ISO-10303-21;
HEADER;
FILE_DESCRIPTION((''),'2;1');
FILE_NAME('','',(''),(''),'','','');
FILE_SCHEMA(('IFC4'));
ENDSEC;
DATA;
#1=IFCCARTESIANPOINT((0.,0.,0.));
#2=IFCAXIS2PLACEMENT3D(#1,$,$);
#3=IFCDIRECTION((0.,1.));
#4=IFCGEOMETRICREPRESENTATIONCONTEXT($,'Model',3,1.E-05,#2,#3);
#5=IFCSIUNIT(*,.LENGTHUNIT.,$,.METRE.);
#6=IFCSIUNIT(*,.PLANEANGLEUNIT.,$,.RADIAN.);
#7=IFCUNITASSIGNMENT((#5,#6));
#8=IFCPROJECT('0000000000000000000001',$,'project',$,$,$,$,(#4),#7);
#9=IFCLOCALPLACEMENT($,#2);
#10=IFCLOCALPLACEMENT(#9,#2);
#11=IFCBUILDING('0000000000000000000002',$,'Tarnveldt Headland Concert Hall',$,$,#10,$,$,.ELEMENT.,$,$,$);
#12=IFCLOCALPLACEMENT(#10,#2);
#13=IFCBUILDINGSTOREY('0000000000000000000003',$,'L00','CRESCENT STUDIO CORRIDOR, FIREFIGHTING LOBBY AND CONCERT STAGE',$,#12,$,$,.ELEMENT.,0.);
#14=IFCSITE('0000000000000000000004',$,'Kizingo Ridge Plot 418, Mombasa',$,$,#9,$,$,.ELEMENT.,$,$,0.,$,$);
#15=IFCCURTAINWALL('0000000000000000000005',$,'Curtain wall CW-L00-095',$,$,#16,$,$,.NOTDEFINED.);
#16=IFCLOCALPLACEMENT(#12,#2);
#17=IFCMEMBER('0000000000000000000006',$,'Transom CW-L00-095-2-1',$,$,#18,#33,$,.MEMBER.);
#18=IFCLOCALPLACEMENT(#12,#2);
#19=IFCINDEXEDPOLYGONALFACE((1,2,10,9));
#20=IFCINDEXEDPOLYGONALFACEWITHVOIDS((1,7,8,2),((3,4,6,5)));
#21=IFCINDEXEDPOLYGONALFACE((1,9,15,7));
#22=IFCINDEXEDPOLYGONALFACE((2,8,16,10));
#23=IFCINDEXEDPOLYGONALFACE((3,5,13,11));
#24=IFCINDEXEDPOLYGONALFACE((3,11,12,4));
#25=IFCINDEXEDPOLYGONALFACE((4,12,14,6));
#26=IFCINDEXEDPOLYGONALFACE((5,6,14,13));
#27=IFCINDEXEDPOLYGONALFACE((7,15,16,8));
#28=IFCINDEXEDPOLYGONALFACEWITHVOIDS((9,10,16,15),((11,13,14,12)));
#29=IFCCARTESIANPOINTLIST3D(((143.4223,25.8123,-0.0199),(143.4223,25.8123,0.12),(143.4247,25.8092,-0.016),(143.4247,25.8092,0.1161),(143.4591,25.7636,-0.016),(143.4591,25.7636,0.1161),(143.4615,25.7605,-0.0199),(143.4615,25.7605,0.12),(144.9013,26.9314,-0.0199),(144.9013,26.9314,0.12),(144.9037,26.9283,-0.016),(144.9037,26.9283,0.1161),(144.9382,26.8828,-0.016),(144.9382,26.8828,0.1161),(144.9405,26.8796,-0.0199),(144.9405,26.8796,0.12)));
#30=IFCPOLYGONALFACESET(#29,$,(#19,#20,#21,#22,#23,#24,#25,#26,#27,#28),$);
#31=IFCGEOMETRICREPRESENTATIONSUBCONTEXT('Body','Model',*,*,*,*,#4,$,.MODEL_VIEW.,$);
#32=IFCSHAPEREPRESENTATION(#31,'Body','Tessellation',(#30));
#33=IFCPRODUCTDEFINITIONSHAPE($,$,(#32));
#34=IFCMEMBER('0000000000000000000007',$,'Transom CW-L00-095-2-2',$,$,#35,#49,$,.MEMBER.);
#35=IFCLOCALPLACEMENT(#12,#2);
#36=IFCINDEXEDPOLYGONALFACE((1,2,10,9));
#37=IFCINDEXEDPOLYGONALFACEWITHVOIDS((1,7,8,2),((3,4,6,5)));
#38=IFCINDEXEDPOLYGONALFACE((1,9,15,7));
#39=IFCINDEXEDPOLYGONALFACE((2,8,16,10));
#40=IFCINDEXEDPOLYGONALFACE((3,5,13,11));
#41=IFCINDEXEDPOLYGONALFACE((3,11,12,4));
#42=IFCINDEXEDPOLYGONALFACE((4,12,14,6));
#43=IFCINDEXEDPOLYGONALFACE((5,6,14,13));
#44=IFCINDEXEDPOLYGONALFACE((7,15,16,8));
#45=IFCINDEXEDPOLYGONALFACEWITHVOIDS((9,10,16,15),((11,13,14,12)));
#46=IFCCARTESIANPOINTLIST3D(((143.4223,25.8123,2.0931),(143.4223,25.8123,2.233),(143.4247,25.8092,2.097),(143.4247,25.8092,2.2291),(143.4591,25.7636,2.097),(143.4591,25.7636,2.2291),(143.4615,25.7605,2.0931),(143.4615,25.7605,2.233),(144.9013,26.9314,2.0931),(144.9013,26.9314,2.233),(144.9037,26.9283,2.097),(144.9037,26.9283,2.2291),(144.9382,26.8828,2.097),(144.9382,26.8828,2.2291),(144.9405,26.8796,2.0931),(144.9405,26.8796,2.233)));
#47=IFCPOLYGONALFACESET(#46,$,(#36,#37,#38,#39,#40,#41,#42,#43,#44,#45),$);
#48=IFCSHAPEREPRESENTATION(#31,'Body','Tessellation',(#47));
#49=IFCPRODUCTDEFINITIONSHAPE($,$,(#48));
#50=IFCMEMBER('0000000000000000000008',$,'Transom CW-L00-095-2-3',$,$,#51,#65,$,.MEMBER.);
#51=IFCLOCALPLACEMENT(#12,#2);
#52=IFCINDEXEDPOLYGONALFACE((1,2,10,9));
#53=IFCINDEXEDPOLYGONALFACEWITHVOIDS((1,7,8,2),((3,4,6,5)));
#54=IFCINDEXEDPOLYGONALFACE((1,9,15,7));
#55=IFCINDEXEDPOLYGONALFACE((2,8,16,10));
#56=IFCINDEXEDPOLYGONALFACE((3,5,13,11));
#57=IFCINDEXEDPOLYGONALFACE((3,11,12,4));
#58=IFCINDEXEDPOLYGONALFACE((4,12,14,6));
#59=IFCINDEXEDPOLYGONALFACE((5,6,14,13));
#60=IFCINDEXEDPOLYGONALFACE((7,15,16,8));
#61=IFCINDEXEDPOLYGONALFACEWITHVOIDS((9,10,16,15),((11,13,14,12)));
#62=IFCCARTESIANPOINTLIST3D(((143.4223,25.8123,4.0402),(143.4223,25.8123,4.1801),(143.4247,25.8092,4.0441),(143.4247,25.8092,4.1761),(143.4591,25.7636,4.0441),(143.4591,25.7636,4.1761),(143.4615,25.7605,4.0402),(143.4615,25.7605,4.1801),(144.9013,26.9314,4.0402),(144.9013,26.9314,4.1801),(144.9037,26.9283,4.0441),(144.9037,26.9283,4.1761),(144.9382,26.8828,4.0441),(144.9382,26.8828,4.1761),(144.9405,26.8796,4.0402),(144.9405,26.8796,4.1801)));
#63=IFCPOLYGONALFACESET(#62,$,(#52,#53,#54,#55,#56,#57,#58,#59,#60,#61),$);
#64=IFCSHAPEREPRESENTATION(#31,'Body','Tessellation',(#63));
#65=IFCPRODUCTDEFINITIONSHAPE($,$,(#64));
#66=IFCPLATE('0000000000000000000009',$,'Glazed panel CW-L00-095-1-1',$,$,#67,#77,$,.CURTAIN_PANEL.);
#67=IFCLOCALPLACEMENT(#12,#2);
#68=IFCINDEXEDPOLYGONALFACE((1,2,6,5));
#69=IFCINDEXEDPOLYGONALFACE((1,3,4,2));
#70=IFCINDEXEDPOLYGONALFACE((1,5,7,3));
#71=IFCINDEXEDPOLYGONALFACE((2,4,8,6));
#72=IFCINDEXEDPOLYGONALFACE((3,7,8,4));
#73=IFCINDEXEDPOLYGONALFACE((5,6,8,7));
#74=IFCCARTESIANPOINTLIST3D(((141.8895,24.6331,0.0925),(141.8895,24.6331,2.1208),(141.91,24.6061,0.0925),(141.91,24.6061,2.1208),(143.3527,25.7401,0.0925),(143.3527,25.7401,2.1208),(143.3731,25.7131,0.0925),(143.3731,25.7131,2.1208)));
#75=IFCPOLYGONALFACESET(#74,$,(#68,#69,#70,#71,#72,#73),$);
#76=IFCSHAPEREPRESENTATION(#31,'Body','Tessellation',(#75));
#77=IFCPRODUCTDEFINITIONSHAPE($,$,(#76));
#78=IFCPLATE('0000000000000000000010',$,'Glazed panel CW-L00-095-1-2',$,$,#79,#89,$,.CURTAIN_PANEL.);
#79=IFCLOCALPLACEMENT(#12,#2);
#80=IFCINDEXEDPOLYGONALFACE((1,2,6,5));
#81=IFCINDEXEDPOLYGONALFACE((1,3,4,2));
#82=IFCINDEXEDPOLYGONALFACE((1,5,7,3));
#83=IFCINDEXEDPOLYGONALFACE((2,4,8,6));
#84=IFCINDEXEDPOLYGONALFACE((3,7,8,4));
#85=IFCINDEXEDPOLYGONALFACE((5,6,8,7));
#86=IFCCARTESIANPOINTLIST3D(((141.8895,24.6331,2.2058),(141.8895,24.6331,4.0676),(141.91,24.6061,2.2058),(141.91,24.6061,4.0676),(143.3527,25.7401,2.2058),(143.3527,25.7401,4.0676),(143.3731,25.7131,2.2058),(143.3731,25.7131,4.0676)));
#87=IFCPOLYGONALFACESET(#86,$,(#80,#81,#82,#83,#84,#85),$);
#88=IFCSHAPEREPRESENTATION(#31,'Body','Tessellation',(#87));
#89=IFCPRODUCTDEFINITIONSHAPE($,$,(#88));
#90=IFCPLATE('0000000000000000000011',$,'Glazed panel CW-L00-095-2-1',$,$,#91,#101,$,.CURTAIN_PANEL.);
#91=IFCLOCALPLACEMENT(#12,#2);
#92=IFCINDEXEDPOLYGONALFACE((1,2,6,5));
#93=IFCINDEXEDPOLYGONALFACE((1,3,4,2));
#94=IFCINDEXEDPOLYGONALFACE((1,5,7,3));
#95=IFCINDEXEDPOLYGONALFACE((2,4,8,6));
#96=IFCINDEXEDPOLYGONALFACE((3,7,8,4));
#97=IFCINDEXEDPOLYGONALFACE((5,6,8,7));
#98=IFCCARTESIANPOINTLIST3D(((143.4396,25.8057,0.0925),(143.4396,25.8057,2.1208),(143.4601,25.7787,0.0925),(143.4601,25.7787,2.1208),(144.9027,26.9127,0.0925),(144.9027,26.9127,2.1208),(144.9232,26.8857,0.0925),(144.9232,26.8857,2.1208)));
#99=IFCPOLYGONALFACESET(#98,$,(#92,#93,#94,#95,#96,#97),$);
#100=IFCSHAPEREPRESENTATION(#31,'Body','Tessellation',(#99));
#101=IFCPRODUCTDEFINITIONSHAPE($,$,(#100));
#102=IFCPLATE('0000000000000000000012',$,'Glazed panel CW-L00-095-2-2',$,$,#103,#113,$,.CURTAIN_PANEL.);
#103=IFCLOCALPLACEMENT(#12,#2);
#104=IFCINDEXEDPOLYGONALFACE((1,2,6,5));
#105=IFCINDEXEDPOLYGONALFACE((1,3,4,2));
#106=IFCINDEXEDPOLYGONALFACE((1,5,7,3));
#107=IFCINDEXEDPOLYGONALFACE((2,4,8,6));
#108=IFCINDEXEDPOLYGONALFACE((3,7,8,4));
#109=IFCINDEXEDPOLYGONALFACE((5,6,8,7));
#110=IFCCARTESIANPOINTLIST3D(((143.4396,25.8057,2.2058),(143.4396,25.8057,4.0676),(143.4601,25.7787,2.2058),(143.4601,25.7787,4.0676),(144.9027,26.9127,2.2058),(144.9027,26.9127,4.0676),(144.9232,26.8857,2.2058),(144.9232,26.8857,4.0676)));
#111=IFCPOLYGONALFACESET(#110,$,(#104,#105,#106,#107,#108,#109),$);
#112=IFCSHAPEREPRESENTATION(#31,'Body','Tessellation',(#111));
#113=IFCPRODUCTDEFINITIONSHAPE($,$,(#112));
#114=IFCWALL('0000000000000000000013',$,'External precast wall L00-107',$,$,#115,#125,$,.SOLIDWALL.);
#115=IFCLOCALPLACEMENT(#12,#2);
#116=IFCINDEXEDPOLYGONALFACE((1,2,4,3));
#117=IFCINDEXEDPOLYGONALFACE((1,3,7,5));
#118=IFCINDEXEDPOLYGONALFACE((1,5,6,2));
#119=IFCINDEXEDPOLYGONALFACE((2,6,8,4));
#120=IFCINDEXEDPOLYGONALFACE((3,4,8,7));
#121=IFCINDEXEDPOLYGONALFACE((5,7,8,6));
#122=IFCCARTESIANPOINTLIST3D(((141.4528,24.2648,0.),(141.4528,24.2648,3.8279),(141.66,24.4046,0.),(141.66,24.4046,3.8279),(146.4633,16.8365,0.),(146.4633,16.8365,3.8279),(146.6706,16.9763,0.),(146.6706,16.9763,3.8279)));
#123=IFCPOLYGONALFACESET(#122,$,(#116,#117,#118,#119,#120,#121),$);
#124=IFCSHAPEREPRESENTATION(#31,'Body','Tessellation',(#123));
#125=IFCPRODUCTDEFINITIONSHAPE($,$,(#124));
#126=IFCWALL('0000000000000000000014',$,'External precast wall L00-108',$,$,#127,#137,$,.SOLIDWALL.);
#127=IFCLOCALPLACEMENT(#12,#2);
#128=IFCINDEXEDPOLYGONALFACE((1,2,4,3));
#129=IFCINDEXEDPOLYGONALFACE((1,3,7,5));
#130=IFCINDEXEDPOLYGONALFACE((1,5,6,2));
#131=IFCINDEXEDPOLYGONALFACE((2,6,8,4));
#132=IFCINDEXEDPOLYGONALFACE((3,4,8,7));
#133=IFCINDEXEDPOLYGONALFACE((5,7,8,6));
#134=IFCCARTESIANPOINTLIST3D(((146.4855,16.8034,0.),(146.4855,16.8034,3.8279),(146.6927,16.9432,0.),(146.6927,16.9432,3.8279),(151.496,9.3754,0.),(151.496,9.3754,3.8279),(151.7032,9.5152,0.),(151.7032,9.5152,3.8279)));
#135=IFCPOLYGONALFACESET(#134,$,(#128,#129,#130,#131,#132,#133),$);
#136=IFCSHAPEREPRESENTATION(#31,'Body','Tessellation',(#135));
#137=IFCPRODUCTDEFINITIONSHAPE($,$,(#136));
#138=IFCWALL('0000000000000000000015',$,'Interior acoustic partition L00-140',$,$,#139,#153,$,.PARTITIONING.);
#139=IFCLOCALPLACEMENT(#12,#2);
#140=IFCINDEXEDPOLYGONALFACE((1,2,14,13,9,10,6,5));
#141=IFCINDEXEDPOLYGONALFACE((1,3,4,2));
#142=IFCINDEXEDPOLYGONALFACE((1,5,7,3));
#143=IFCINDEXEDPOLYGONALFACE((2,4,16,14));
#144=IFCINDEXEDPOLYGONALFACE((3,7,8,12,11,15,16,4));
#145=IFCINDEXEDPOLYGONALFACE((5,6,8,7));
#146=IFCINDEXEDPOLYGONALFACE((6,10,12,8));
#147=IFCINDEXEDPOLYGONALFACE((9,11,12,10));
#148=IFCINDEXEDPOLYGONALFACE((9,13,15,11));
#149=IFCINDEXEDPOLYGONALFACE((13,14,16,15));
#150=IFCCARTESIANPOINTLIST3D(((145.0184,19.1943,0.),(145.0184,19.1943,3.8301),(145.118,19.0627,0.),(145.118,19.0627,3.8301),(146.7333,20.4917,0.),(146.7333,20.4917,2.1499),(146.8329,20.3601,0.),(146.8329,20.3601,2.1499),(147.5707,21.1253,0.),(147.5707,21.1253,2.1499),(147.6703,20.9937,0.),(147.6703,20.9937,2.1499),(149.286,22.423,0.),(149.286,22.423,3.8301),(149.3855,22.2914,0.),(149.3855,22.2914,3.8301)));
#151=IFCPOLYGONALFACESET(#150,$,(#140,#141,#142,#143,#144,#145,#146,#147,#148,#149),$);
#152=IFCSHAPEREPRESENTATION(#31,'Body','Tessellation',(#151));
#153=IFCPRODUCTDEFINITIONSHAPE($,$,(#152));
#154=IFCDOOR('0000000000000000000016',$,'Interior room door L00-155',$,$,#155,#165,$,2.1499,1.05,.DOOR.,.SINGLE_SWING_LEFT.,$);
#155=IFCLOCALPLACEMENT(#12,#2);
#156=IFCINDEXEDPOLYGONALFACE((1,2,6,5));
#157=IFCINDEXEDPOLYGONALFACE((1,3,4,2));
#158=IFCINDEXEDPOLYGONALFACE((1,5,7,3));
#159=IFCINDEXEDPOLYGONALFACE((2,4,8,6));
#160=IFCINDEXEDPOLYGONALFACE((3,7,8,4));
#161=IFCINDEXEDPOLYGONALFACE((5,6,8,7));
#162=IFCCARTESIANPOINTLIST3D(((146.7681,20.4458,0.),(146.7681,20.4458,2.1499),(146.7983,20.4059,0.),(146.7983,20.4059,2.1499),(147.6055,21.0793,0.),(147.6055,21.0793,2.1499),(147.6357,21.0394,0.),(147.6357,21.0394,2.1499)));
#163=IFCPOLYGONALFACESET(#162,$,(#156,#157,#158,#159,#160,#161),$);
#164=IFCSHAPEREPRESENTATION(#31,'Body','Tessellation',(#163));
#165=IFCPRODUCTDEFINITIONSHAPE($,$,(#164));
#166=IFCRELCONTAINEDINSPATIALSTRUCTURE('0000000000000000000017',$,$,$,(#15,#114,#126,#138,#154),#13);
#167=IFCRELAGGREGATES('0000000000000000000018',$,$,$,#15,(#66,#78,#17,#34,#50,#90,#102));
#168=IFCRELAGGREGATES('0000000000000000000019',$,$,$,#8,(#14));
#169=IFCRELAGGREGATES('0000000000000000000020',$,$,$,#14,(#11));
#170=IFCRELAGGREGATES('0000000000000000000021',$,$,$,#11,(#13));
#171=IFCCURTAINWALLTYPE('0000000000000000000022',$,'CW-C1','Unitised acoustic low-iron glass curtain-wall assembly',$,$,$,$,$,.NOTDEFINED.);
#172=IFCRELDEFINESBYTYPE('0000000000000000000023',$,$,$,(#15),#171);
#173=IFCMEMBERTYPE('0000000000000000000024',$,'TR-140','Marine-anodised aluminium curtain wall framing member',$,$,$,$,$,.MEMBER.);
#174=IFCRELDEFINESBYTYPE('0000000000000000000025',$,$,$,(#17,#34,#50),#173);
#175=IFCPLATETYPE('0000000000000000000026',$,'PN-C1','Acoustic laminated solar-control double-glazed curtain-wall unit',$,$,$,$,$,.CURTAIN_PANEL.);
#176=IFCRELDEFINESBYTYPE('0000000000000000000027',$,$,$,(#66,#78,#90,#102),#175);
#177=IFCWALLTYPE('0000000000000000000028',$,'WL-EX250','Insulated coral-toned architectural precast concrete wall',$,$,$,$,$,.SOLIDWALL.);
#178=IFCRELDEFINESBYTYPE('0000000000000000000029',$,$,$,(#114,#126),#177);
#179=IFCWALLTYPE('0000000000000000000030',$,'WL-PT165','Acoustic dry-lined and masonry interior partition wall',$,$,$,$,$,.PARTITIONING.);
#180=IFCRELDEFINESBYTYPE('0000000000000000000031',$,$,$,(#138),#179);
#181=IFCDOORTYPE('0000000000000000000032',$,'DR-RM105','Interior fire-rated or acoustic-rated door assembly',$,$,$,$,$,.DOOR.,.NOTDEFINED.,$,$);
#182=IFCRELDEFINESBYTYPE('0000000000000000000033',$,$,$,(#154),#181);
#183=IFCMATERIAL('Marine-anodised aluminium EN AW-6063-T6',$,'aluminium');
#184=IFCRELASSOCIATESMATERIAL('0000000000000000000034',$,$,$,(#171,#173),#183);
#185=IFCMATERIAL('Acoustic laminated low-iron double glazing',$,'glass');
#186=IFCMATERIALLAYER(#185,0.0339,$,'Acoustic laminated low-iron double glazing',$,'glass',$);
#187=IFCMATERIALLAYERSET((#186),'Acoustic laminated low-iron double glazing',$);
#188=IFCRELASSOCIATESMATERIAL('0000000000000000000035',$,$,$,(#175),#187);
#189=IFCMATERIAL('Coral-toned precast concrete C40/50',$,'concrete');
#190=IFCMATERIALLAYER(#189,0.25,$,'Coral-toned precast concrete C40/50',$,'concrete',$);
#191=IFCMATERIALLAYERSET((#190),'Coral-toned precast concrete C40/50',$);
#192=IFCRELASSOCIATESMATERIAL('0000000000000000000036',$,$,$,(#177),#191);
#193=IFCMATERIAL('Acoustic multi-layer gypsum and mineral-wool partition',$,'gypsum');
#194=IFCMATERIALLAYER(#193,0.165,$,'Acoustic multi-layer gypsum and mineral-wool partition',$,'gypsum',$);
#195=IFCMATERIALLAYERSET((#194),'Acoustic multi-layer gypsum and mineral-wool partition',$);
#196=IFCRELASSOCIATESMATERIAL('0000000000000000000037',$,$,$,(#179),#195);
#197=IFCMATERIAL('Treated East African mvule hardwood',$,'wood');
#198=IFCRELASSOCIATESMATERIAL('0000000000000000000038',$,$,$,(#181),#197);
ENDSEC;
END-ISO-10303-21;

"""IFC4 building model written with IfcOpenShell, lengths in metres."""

from ifc_helpers import new_model, si_unit, direction, frame, frame_2d, origin, origin_2d, place, context, subcontext, project, spatial, rectangle, hollow_rectangle, extrude, material, layer, layer_set, material_profile, profile_set, type_object, element, fill, aggregate, save


model = new_model("IFC4")

# Units and contexts
model_context = context("Model", 3, precision=1e-05, world=origin(), true_north=direction((0.0, 1.0)))
body_context = subcontext(model_context, "Body", "Model", "MODEL_VIEW")
ifc_project = project(units=[si_unit("LENGTHUNIT", "METRE"), si_unit("PLANEANGLEUNIT", "RADIAN")], contexts=[model_context])

# Site, building, storey
site_placement = place(None, origin())
site = spatial("IfcSite", under=ifc_project, at=site_placement, Name="Kizingo Ridge Plot 418, Mombasa", CompositionType="ELEMENT", RefElevation=0.0)
building_placement = place(site_placement, origin())
building = spatial("IfcBuilding", under=site, at=building_placement, Name="Tarnveldt Headland Concert Hall", CompositionType="ELEMENT")
storey_placement = place(building_placement, origin())
storey = spatial("IfcBuildingStorey", under=building, at=storey_placement, Name="L00", Description="CRESCENT STUDIO CORRIDOR, FIREFIGHTING LOBBY AND CONCERT STAGE", CompositionType="ELEMENT", Elevation=0.0)

# Curtain wall
ifc_material_1 = material(Name="Marine-anodised aluminium EN AW-6063-T6", Category="aluminium")
curtain_wall_type = type_object("IfcCurtainWallType", Name="CW-C1", Description="Unitised acoustic low-iron glass curtain-wall assembly", PredefinedType="NOTDEFINED", material=ifc_material_1)
curtain_wall_placement = place(storey_placement, origin())
curtain_wall = element("IfcCurtainWall", 1, at=curtain_wall_placement, inside=storey, type_object=curtain_wall_type, Name="Curtain wall CW-L00-095", PredefinedType="NOTDEFINED")

# Members
ifc_material_profile_1 = material_profile(ifc_material_1, hollow_rectangle(XDim=0.0649, YDim=0.1399, WallThickness=0.0039, at=origin_2d()), Name="ALU TRANSOM 65x140x4", Category="aluminium")
ifc_profile_set_1 = profile_set([ifc_material_profile_1], Name="Marine-anodised aluminium EN AW-6063-T6")
member_type_1 = type_object("IfcMemberType", Name="TR-140", Description="Marine-anodised aluminium curtain wall framing member", PredefinedType="MEMBER", material=ifc_profile_set_1)
member_1_placement = place(storey_placement, frame((143.4419, 25.7864, 0.05), z_axis=(0.797434, 0.603406, 0.0), x_axis=(-0.603406, 0.797434, 0.0)))
member_1 = element("IfcMember", 2, at=member_1_placement, type_object=member_type_1, Name="Transom CW-L00-095-2-1", PredefinedType="MEMBER", context=body_context, shape_type="SweptSolid", body=[
    extrude(hollow_rectangle(XDim=0.0649, YDim=0.1399, WallThickness=0.0039, at=origin_2d()), origin(), (0.0, 0.0, 1.0), 1.8547),
])
member_2_placement = place(storey_placement, frame((143.4419, 25.7864, 2.1631), z_axis=(0.797434, 0.603406, 0.0), x_axis=(-0.603406, 0.797434, 0.0)))
member_2 = element("IfcMember", 3, at=member_2_placement, type_object=member_type_1, Name="Transom CW-L00-095-2-2", PredefinedType="MEMBER", context=body_context, shape_type="SweptSolid", body=[
    extrude(hollow_rectangle(XDim=0.0649, YDim=0.1399, WallThickness=0.0039, at=origin_2d()), origin(), (0.0, 0.0, 1.0), 1.8547),
])
member_3_placement = place(storey_placement, frame((143.4419, 25.7864, 4.1101), z_axis=(0.797434, 0.603406, 0.0), x_axis=(-0.603406, 0.797434, 0.0)))
member_3 = element("IfcMember", 4, at=member_3_placement, type_object=member_type_1, Name="Transom CW-L00-095-2-3", PredefinedType="MEMBER", context=body_context, shape_type="SweptSolid", body=[
    extrude(hollow_rectangle(XDim=0.0649, YDim=0.1399, WallThickness=0.0039, at=origin_2d()), origin(), (0.0, 0.0, 1.0), 1.8547),
])

# Plates
ifc_material_2 = material(Name="Acoustic laminated low-iron double glazing", Category="glass")
ifc_layer_1 = layer(ifc_material_2, 0.0339, Name="Acoustic laminated low-iron double glazing", Category="glass")
ifc_layer_set_1 = layer_set([ifc_layer_1], Name="Acoustic laminated low-iron double glazing")
plate_type = type_object("IfcPlateType", Name="PN-C1", Description="Acoustic laminated solar-control double-glazed curtain-wall unit", PredefinedType="CURTAIN_PANEL", material=ifc_layer_set_1)
plate_1_placement = place(storey_placement, frame((142.6313, 25.1731, 0.0925), z_axis=(0.0, 0.0, 1.0), x_axis=(0.797468, 0.603361, 0.0)))
plate_1 = element("IfcPlate", 5, at=plate_1_placement, type_object=plate_type, Name="Glazed panel CW-L00-095-1-1", PredefinedType="CURTAIN_PANEL", context=body_context, shape_type="SweptSolid", body=[
    extrude(rectangle(XDim=1.8347, YDim=0.0339, at=origin_2d()), origin(), (0.0, 0.0, 1.0), 2.0283),
])
plate_2_placement = place(storey_placement, frame((142.6313, 25.1731, 2.2058), z_axis=(0.0, 0.0, 1.0), x_axis=(0.797468, 0.603361, 0.0)))
plate_2 = element("IfcPlate", 6, at=plate_2_placement, type_object=plate_type, Name="Glazed panel CW-L00-095-1-2", PredefinedType="CURTAIN_PANEL", context=body_context, shape_type="SweptSolid", body=[
    extrude(rectangle(XDim=1.8347, YDim=0.0339, at=origin_2d()), origin(), (0.0, 0.0, 1.0), 1.8618),
])
plate_3_placement = place(storey_placement, frame((144.1814, 26.3457, 0.0925), z_axis=(0.0, 0.0, 1.0), x_axis=(0.797468, 0.603361, 0.0)))
plate_3 = element("IfcPlate", 7, at=plate_3_placement, type_object=plate_type, Name="Glazed panel CW-L00-095-2-1", PredefinedType="CURTAIN_PANEL", context=body_context, shape_type="SweptSolid", body=[
    extrude(rectangle(XDim=1.8347, YDim=0.0339, at=origin_2d()), origin(), (0.0, 0.0, 1.0), 2.0283),
])
plate_4_placement = place(storey_placement, frame((144.1814, 26.3457, 2.2058), z_axis=(0.0, 0.0, 1.0), x_axis=(0.797468, 0.603361, 0.0)))
plate_4 = element("IfcPlate", 8, at=plate_4_placement, type_object=plate_type, Name="Glazed panel CW-L00-095-2-2", PredefinedType="CURTAIN_PANEL", context=body_context, shape_type="SweptSolid", body=[
    extrude(rectangle(XDim=1.8347, YDim=0.0339, at=origin_2d()), origin(), (0.0, 0.0, 1.0), 1.8618),
])
aggregate(curtain_wall, [plate_1, plate_2, member_1, member_2, member_3, plate_3, plate_4])

# Walls
ifc_material_3 = material(Name="Coral-toned precast concrete C40/50", Category="concrete")
ifc_layer_2 = layer(ifc_material_3, 0.25, Name="Coral-toned precast concrete C40/50", Category="concrete")
ifc_layer_set_2 = layer_set([ifc_layer_2], Name="Coral-toned precast concrete C40/50")
wall_type_1 = type_object("IfcWallType", Name="WL-EX250", Description="Insulated coral-toned architectural precast concrete wall", PredefinedType="SOLIDWALL", material=ifc_layer_set_2)
wall_1_placement = place(storey_placement, frame((146.5669, 16.9065, 0.0), z_axis=(0.0, 0.0, 1.0), x_axis=(-0.5592, 0.829032, 0.0)))
element("IfcWall", 9, at=wall_1_placement, inside=storey, type_object=wall_type_1, Name="External precast wall L00-107", PredefinedType="SOLIDWALL", context=body_context, shape_type="SweptSolid", body=[
    extrude(rectangle(XDim=8.9602, YDim=0.25, at=frame_2d((4.48, 0.0))), origin(), (0.0, 0.0, 1.0), 3.8279),
])
wall_2_placement = place(storey_placement, frame((151.5996, 9.4453, 0.0), z_axis=(0.0, 0.0, 1.0), x_axis=(-0.559213, 0.829024, 0.0)))
element("IfcWall", 10, at=wall_2_placement, inside=storey, type_object=wall_type_1, Name="External precast wall L00-108", PredefinedType="SOLIDWALL", context=body_context, shape_type="SweptSolid", body=[
    extrude(rectangle(XDim=8.96, YDim=0.25, at=frame_2d((4.48, 0.0))), origin(), (0.0, 0.0, 1.0), 3.8279),
])

# Wall, opening, door
ifc_material_4 = material(Name="Acoustic multi-layer gypsum and mineral-wool partition", Category="gypsum")
ifc_layer_3 = layer(ifc_material_4, 0.165, Name="Acoustic multi-layer gypsum and mineral-wool partition", Category="gypsum")
ifc_layer_set_3 = layer_set([ifc_layer_3], Name="Acoustic multi-layer gypsum and mineral-wool partition")
wall_type_2 = type_object("IfcWallType", Name="WL-PT165", Description="Acoustic dry-lined and masonry interior partition wall", PredefinedType="PARTITIONING", material=ifc_layer_set_3)
wall_3_placement = place(storey_placement, frame((145.0681, 19.1284, 0.0), z_axis=(0.0, 0.0, 1.0), x_axis=(0.797475, 0.603353, 0.0)))
wall_3 = element("IfcWall", 11, at=wall_3_placement, inside=storey, type_object=wall_type_2, Name="Interior acoustic partition L00-140", PredefinedType="PARTITIONING", context=body_context, shape_type="SweptSolid", body=[
    extrude(rectangle(XDim=5.3513, YDim=0.165, at=frame_2d((2.6758, 0.0))), origin(), (0.0, 0.0, 1.0), 3.8301),
])
opening_1_placement = place(wall_3_placement, frame((2.1506, 0.0, 0.0)))
opening_1 = element("IfcOpeningElement", 12, at=opening_1_placement, cuts=wall_3, PredefinedType="OPENING", context=body_context, shape_type="SweptSolid", body=[
    extrude(rectangle(XDim=1.05, YDim=2.1499, at=frame_2d((0.5249, 1.075))), frame((0.0, 0.0925, 0.0), z_axis=(0.0, -1.0, 0.0), x_axis=(1.0, 0.0, 0.0)), (0.0, 0.0, 1.0), 0.1851),
])
ifc_material_5 = material(Name="Treated East African mvule hardwood", Category="wood")
door_type_1 = type_object("IfcDoorType", Name="DR-RM105", Description="Interior fire-rated or acoustic-rated door assembly", OperationType="NOTDEFINED", PredefinedType="DOOR", material=ifc_material_5)
door_1_placement = place(opening_1_placement, origin())
door_1 = element("IfcDoor", 13, at=door_1_placement, inside=storey, type_object=door_type_1, Name="Interior room door L00-155", OperationType="SINGLE_SWING_LEFT", OverallHeight=2.1499, OverallWidth=1.05, PredefinedType="DOOR", context=body_context, shape_type="SweptSolid", body=[
    extrude(rectangle(XDim=1.05, YDim=2.1499, at=frame_2d((0.5249, 1.075))), frame((0.0, 0.0249, 0.0), z_axis=(0.0, -1.0, 0.0), x_axis=(1.0, 0.0, 0.0)), (0.0, 0.0, 1.0), 0.05),
])
fill(opening_1, door_1)

save(model, "model.ifc")
